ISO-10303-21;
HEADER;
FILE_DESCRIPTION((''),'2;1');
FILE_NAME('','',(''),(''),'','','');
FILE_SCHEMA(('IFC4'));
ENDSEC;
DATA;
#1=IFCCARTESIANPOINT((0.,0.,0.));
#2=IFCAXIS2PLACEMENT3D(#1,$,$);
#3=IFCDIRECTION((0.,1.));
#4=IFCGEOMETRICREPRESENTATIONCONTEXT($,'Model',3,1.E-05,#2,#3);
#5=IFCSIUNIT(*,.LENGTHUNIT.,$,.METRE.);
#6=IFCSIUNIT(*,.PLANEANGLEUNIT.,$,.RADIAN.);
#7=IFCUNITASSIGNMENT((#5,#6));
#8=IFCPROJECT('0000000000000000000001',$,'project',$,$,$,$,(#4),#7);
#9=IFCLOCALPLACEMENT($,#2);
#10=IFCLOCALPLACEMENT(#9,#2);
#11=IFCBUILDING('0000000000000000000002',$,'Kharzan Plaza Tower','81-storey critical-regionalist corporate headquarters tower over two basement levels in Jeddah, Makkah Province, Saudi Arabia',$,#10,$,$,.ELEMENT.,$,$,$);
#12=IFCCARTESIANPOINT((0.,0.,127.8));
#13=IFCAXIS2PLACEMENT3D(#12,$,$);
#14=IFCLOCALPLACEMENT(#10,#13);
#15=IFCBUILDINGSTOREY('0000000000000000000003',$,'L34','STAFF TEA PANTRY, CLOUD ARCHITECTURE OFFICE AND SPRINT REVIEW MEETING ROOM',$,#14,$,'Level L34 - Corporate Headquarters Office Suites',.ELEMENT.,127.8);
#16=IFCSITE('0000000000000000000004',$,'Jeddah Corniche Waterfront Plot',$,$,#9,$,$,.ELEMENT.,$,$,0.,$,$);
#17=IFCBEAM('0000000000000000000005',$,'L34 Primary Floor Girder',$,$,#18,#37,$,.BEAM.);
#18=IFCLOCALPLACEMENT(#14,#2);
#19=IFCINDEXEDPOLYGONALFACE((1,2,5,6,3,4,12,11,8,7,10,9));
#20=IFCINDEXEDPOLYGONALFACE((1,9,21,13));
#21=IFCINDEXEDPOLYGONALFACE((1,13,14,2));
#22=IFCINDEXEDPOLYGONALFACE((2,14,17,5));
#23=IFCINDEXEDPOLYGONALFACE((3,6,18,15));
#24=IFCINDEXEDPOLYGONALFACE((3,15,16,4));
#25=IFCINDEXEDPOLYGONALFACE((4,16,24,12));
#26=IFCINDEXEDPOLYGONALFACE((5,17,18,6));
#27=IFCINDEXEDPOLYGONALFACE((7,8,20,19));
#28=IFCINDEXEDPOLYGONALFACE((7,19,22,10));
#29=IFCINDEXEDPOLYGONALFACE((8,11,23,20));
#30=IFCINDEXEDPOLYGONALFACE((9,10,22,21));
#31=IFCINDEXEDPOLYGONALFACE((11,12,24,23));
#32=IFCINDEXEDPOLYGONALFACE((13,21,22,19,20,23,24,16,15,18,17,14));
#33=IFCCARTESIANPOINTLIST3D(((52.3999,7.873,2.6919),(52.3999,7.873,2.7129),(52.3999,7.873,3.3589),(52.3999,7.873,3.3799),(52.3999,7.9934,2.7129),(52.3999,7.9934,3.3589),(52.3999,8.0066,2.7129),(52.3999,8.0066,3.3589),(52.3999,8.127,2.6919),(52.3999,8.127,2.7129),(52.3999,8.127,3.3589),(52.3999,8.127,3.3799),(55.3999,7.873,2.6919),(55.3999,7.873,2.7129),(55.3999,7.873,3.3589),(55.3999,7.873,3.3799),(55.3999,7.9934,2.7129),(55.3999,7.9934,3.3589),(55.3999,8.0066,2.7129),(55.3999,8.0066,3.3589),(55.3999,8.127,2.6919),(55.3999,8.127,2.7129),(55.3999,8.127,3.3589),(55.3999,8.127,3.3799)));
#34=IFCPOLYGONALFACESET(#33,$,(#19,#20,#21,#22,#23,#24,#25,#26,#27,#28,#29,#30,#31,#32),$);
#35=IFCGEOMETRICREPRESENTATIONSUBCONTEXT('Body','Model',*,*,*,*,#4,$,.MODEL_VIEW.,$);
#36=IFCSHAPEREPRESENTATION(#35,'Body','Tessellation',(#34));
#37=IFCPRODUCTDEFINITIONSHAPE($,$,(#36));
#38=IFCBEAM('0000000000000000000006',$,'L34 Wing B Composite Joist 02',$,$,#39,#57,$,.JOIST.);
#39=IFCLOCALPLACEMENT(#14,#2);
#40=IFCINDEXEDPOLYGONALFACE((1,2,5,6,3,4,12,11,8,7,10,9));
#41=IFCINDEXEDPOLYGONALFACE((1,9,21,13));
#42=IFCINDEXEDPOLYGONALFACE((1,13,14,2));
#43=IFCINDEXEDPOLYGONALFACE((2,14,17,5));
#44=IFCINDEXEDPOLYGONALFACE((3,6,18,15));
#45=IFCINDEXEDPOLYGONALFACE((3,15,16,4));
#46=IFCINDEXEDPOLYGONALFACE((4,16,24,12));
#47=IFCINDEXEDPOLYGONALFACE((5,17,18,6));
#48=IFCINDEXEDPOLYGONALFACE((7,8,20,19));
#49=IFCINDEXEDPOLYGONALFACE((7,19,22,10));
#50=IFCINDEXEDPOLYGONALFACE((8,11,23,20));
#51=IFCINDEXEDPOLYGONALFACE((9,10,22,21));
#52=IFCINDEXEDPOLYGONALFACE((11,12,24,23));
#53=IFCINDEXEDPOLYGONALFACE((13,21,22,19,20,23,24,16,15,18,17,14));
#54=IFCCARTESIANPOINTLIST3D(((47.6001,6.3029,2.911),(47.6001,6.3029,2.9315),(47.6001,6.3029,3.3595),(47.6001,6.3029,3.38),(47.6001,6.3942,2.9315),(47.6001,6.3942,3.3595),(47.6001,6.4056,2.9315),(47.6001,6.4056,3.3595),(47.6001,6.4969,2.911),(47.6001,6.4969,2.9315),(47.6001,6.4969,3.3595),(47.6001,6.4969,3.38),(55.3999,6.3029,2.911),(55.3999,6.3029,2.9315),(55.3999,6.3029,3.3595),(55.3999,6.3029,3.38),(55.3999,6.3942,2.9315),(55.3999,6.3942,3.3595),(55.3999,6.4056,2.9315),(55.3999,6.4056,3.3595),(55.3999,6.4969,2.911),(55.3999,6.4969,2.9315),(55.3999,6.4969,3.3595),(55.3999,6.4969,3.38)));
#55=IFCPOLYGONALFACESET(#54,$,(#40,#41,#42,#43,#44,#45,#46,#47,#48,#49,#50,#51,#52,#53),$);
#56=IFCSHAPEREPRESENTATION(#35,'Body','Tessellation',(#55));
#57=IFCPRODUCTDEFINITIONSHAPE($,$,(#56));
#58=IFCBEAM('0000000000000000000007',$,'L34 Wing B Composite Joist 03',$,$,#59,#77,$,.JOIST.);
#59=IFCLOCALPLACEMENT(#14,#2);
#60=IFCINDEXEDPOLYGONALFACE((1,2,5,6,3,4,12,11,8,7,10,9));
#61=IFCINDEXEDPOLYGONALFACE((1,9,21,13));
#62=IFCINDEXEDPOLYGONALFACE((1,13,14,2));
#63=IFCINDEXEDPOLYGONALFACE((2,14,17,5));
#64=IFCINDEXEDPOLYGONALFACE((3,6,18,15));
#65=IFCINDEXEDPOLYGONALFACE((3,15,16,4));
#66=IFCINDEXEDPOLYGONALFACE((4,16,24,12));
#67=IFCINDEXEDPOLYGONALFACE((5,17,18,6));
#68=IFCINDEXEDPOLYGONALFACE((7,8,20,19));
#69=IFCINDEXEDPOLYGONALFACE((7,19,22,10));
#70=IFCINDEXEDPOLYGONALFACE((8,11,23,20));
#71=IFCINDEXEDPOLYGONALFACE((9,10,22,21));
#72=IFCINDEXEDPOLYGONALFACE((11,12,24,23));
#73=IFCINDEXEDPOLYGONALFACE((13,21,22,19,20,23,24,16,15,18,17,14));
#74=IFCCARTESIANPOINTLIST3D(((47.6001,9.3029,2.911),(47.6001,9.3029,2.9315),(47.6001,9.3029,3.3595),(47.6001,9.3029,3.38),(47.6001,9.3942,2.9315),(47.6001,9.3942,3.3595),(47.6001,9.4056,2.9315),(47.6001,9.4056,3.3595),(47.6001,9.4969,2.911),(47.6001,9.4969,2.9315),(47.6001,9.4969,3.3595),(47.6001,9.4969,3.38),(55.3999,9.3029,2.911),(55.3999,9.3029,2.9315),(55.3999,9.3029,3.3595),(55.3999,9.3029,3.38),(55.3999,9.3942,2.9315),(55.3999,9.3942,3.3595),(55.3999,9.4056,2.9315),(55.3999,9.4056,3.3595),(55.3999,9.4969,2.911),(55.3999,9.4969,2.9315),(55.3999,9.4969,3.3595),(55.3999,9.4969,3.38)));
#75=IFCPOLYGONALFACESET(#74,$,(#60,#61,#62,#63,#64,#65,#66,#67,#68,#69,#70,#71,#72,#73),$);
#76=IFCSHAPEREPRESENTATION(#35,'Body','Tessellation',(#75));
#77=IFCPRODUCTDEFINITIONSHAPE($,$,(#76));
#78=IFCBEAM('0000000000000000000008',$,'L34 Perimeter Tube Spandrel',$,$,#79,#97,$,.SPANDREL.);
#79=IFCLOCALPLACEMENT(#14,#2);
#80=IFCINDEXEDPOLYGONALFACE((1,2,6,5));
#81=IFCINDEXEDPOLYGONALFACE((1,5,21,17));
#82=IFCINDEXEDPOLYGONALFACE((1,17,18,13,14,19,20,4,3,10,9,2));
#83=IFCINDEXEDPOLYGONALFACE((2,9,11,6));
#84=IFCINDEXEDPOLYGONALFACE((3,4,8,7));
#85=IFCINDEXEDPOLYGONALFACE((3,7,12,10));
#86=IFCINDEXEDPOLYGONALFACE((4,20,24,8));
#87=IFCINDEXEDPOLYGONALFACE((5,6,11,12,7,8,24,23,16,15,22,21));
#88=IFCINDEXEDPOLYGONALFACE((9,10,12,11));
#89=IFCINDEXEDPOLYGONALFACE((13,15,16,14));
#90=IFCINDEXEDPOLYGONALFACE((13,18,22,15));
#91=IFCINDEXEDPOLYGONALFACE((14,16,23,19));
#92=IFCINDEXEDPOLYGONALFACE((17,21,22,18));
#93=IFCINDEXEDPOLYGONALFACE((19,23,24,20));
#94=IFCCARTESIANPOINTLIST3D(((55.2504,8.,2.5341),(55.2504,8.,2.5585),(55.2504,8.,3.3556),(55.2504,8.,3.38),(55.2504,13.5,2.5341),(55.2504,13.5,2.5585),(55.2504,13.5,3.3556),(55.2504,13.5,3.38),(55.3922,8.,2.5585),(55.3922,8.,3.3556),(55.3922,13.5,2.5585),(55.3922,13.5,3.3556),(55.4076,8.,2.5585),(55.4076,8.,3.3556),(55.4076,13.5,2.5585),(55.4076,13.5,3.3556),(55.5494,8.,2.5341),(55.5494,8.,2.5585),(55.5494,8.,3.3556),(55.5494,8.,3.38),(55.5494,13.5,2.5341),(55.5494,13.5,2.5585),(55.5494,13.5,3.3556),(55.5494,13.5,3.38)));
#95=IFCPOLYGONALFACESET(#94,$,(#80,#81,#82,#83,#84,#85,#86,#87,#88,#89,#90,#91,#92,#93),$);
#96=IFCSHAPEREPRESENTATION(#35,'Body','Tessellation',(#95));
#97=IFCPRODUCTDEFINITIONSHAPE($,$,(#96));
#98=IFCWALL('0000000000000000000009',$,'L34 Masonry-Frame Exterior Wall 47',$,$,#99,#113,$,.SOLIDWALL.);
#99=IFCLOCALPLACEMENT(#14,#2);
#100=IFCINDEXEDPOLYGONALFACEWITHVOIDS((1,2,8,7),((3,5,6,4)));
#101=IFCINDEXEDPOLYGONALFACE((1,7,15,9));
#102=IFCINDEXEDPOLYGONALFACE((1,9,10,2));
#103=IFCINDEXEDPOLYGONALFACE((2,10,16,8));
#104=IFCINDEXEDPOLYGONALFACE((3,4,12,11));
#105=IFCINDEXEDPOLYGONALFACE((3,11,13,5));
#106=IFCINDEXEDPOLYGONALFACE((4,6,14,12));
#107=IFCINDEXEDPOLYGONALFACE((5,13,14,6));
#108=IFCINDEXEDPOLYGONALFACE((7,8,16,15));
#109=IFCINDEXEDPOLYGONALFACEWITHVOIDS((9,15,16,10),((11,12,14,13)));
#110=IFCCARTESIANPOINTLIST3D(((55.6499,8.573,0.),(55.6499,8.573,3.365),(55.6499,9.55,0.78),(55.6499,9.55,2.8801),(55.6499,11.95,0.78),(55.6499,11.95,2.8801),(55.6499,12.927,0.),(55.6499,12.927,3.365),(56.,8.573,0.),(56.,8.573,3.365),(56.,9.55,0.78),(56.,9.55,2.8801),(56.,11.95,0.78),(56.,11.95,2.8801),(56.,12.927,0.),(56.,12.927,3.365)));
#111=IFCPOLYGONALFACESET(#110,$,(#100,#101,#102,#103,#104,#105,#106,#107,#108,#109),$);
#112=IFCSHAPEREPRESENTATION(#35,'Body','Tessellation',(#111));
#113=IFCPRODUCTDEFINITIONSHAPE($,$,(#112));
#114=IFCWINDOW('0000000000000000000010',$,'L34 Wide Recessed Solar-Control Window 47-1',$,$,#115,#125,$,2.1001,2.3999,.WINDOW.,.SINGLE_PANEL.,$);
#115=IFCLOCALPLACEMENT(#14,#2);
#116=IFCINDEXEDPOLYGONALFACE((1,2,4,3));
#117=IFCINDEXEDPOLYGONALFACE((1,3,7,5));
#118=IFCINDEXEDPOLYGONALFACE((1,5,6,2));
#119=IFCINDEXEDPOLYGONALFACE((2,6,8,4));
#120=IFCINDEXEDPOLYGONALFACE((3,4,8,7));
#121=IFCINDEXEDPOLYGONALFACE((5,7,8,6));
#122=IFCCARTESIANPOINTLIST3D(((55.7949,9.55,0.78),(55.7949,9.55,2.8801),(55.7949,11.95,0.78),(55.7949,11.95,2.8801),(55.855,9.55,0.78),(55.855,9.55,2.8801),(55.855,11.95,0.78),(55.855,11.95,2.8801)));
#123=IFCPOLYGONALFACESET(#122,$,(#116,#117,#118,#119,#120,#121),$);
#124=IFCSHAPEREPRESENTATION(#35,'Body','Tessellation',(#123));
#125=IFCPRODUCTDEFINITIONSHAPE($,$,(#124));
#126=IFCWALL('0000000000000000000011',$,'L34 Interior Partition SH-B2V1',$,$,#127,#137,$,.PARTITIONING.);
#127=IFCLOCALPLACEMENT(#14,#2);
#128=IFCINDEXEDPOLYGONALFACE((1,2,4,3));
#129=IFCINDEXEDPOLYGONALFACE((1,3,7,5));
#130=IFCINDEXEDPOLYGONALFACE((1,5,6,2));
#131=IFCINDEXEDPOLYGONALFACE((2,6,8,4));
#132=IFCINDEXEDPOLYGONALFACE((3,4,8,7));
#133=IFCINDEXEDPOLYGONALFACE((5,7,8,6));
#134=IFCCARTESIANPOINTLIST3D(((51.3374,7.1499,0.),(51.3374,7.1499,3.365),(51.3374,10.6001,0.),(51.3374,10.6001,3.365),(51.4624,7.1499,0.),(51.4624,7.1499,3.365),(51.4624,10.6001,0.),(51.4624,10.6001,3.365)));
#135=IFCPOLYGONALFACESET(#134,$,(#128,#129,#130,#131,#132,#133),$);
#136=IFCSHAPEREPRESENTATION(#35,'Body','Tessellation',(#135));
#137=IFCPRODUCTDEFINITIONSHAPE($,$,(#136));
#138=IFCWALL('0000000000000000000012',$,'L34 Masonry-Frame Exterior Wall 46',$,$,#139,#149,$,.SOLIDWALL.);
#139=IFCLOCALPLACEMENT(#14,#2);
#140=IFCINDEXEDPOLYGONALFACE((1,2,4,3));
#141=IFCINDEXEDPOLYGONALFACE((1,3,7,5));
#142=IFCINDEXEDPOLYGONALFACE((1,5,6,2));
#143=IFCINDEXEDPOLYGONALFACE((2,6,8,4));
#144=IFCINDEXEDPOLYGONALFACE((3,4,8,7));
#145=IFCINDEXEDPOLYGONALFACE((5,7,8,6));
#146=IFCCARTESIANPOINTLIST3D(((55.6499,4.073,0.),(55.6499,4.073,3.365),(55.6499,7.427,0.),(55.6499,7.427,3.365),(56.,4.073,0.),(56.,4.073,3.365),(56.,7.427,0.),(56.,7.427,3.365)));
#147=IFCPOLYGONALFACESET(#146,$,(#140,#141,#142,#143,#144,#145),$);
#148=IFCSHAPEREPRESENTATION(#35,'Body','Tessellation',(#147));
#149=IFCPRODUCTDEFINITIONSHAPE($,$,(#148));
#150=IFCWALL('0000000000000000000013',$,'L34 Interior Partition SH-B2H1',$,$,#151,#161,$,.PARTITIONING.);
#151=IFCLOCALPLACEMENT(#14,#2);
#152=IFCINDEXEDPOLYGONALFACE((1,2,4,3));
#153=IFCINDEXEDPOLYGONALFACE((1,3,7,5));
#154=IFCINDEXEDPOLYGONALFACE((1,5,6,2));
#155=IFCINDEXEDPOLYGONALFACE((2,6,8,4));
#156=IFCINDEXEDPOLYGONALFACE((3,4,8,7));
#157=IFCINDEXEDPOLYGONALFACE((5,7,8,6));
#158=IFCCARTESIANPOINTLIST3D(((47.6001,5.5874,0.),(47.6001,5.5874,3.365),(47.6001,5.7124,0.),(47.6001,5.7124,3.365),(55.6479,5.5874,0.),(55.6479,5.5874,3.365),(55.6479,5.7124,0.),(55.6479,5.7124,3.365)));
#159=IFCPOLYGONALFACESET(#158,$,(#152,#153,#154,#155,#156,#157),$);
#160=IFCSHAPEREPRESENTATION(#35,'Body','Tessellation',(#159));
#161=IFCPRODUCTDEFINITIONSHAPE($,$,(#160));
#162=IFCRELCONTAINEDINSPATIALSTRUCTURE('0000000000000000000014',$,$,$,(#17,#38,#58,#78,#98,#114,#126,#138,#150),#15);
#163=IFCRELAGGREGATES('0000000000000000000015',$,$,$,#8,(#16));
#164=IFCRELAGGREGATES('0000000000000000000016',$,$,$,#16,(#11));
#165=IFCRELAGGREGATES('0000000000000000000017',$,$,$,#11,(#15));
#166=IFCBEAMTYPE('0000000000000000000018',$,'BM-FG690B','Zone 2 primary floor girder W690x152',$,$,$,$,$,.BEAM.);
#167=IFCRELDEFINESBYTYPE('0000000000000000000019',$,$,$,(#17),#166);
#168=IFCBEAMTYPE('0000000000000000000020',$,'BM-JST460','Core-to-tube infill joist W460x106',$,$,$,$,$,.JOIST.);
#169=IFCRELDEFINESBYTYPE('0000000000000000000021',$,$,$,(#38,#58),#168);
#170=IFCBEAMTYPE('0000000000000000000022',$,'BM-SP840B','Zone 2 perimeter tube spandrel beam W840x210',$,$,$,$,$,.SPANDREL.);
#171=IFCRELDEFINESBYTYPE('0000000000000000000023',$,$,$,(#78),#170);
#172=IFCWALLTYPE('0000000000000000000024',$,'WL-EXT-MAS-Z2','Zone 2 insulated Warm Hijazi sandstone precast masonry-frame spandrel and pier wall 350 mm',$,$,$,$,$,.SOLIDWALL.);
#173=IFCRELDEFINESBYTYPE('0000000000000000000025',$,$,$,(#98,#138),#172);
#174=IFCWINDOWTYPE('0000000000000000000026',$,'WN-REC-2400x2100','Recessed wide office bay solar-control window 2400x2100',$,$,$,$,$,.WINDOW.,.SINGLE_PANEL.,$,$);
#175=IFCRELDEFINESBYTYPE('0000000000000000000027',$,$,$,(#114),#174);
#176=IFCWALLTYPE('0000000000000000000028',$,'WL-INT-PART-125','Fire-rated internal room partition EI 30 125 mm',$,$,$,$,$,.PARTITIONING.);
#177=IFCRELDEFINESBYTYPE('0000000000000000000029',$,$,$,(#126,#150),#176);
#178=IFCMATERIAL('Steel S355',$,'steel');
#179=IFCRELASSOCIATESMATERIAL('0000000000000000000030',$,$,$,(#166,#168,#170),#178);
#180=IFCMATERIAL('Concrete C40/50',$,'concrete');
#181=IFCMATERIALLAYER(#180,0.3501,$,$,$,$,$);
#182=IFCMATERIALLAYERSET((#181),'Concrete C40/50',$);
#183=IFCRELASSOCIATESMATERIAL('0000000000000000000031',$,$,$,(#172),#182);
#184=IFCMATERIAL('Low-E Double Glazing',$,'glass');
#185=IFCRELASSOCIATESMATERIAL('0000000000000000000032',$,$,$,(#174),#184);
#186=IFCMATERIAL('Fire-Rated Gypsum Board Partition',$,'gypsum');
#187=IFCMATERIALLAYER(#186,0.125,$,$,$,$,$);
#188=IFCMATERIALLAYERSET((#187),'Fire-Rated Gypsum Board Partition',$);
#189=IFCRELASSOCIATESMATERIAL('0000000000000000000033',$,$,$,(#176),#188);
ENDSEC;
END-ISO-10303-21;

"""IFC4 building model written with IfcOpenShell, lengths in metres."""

from ifc_helpers import new_model, si_unit, direction, frame, frame_2d, origin, origin_2d, place, context, subcontext, project, spatial, rectangle, i_section, extrude, source, transform, mapped, material, layer, layer_set, material_profile, profile_set, type_object, element, fill, save


model = new_model("IFC4")

# Units and contexts
model_context = context("Model", 3, precision=1e-05, world=origin(), true_north=direction((0.0, 1.0)))
body_context = subcontext(model_context, "Body", "Model", "MODEL_VIEW")
ifc_project = project(units=[si_unit("LENGTHUNIT", "METRE"), si_unit("PLANEANGLEUNIT", "RADIAN")], contexts=[model_context])

# Site, building, storey
site_placement = place(None, origin())
site = spatial("IfcSite", under=ifc_project, at=site_placement, Name="Jeddah Corniche Waterfront Plot", CompositionType="ELEMENT", RefElevation=0.0)
building_placement = place(site_placement, origin())
building = spatial("IfcBuilding", under=site, at=building_placement, Name="Kharzan Plaza Tower", Description="81-storey critical-regionalist corporate headquarters tower over two basement levels in Jeddah, Makkah Province, Saudi Arabia", CompositionType="ELEMENT")
storey_placement = place(building_placement, frame((0.0, 0.0, 127.8)))
storey = spatial("IfcBuildingStorey", under=building, at=storey_placement, Name="L34", Description="STAFF TEA PANTRY, CLOUD ARCHITECTURE OFFICE AND SPRINT REVIEW MEETING ROOM", LongName="Level L34 - Corporate Headquarters Office Suites", CompositionType="ELEMENT", Elevation=127.8)

# Beams
ifc_material_1 = material(Name="Steel S355", Category="steel")
ifc_material_profile_1 = material_profile(ifc_material_1, i_section(OverallWidth=0.2539, OverallDepth=0.688, WebThickness=0.0132, FlangeThickness=0.021, at=origin_2d()), Name="W690x152")
ifc_profile_set_1 = profile_set([ifc_material_profile_1], Name="Steel S355")
beam_type_1 = type_object("IfcBeamType", Name="BM-FG690B", Description="Zone 2 primary floor girder W690x152", PredefinedType="BEAM", material=ifc_profile_set_1)
shared_shape_1 = source(origin(), body_context, "Body", "SweptSolid", [
    extrude(i_section(OverallWidth=0.2539, OverallDepth=0.688, WebThickness=0.0132, FlangeThickness=0.021, at=origin_2d()), origin(), (0.0, 0.0, 1.0), 3.0),
])
for number, where, z_axis, x_axis, name in (
    (1, (52.3999, 8.0, 3.0359), (1.0, 0.0, 0.0), (0.0, 1.0, 0.0), "L34 Primary Floor Girder"),
):
    element("IfcBeam", number, at=place(storey_placement, frame(where, z_axis=z_axis, x_axis=x_axis)), inside=storey, type_object=beam_type_1, Name=name, PredefinedType="BEAM", context=body_context, shape_type="MappedRepresentation", body=[
        mapped(shared_shape_1, transform((0.0, 0.0, 0.0), x_axis=(1.0, 0.0, 0.0), y_axis=(0.0, 1.0, 0.0), z_axis=(0.0, 0.0, 1.0))),
    ])
ifc_material_profile_2 = material_profile(ifc_material_1, i_section(OverallWidth=0.1941, OverallDepth=0.469, WebThickness=0.0115, FlangeThickness=0.0205, at=origin_2d()), Name="W460x106")
ifc_profile_set_2 = profile_set([ifc_material_profile_2], Name="Steel S355")
beam_type_2 = type_object("IfcBeamType", Name="BM-JST460", Description="Core-to-tube infill joist W460x106", PredefinedType="JOIST", material=ifc_profile_set_2)
shared_shape_2 = source(origin(), body_context, "Body", "SweptSolid", [
    extrude(i_section(OverallWidth=0.1941, OverallDepth=0.469, WebThickness=0.0115, FlangeThickness=0.0205, at=origin_2d()), origin(), (0.0, 0.0, 1.0), 7.7998),
])
for number, where, z_axis, x_axis, name in (
    (2, (47.6001, 6.3999, 3.1455), (1.0, 0.0, 0.0), (0.0, 1.0, 0.0), "L34 Wing B Composite Joist 02"),
    (3, (47.6001, 9.3999, 3.1455), (1.0, 0.0, 0.0), (0.0, 1.0, 0.0), "L34 Wing B Composite Joist 03"),
):
    element("IfcBeam", number, at=place(storey_placement, frame(where, z_axis=z_axis, x_axis=x_axis)), inside=storey, type_object=beam_type_2, Name=name, PredefinedType="JOIST", context=body_context, shape_type="MappedRepresentation", body=[
        mapped(shared_shape_2, transform((0.0, 0.0, 0.0), x_axis=(1.0, 0.0, 0.0), y_axis=(0.0, 1.0, 0.0), z_axis=(0.0, 0.0, 1.0))),
    ])
ifc_material_profile_3 = material_profile(ifc_material_1, i_section(OverallWidth=0.2991, OverallDepth=0.8459, WebThickness=0.0154, FlangeThickness=0.0244, at=origin_2d()), Name="W840x210")
ifc_profile_set_3 = profile_set([ifc_material_profile_3], Name="Steel S355")
beam_type_3 = type_object("IfcBeamType", Name="BM-SP840B", Description="Zone 2 perimeter tube spandrel beam W840x210", PredefinedType="SPANDREL", material=ifc_profile_set_3)
shared_shape_3 = source(origin(), body_context, "Body", "SweptSolid", [
    extrude(i_section(OverallWidth=0.2991, OverallDepth=0.8459, WebThickness=0.0154, FlangeThickness=0.0244, at=origin_2d()), origin(), (0.0, 0.0, 1.0), 5.5),
])
beam_1_placement = place(storey_placement, frame((55.3999, 8.0, 2.957), z_axis=(0.0, 1.0, 0.0), x_axis=(-1.0, 0.0, 0.0)))
element("IfcBeam", 4, at=beam_1_placement, inside=storey, type_object=beam_type_3, Name="L34 Perimeter Tube Spandrel", PredefinedType="SPANDREL", context=body_context, shape_type="MappedRepresentation", body=[
    mapped(shared_shape_3, transform((0.0, 0.0, 0.0), x_axis=(1.0, 0.0, 0.0), y_axis=(0.0, 1.0, 0.0), z_axis=(0.0, 0.0, 1.0))),
])

# Wall, opening, window
ifc_material_2 = material(Name="Concrete C40/50", Category="concrete")
ifc_layer_1 = layer(ifc_material_2, 0.3501)
ifc_layer_set_1 = layer_set([ifc_layer_1], Name="Concrete C40/50")
wall_type_1 = type_object("IfcWallType", Name="WL-EXT-MAS-Z2", Description="Zone 2 insulated Warm Hijazi sandstone precast masonry-frame spandrel and pier wall 350 mm", PredefinedType="SOLIDWALL", material=ifc_layer_set_1)
wall_1_placement = place(storey_placement, frame((55.825, 8.573, 0.0), z_axis=(0.0, 0.0, 1.0), x_axis=(0.0, 1.0, 0.0)))
wall_1 = element("IfcWall", 5, at=wall_1_placement, inside=storey, type_object=wall_type_1, Name="L34 Masonry-Frame Exterior Wall 47", PredefinedType="SOLIDWALL", context=body_context, shape_type="SweptSolid", body=[
    extrude(rectangle(XDim=4.354, YDim=0.3501, at=frame_2d((2.177, 0.0))), origin(), (0.0, 0.0, 1.0), 3.365),
])
opening_1_placement = place(wall_1_placement, frame((0.9771, 0.0, 0.78)))
opening_1 = element("IfcOpeningElement", 6, at=opening_1_placement, cuts=wall_1, PredefinedType="OPENING", context=body_context, shape_type="SweptSolid", body=[
    extrude(rectangle(XDim=2.3999, YDim=2.1001, at=frame_2d((1.2, 1.05))), frame((0.0, 0.1851, 0.0), z_axis=(0.0, -1.0, 0.0), x_axis=(1.0, 0.0, 0.0)), (0.0, 0.0, 1.0), 0.3701),
])
ifc_material_3 = material(Name="Low-E Double Glazing", Category="glass")
window_type = type_object("IfcWindowType", Name="WN-REC-2400x2100", Description="Recessed wide office bay solar-control window 2400x2100", PartitioningType="SINGLE_PANEL", PredefinedType="WINDOW", material=ifc_material_3)
shared_shape_4 = source(origin(), body_context, "Body", "SweptSolid", [
    extrude(rectangle(XDim=2.3999, YDim=2.1001, at=frame_2d((1.2, 1.05))), frame((0.0, 0.03, 0.0), z_axis=(0.0, -1.0, 0.0), x_axis=(1.0, 0.0, 0.0)), (0.0, 0.0, 1.0), 0.0601),
])
window_placement = place(opening_1_placement, origin())
window = element("IfcWindow", 7, at=window_placement, inside=storey, type_object=window_type, Name="L34 Wide Recessed Solar-Control Window 47-1", OverallHeight=2.1001, OverallWidth=2.3999, PartitioningType="SINGLE_PANEL", PredefinedType="WINDOW", context=body_context, shape_type="MappedRepresentation", body=[
    mapped(shared_shape_4, transform((0.0, 0.0, 0.0), x_axis=(1.0, 0.0, 0.0), y_axis=(0.0, 1.0, 0.0), z_axis=(0.0, 0.0, 1.0))),
])
fill(opening_1, window)

# Shared definitions
ifc_material_4 = material(Name="Fire-Rated Gypsum Board Partition", Category="gypsum")
ifc_layer_2 = layer(ifc_material_4, 0.125)
ifc_layer_set_2 = layer_set([ifc_layer_2], Name="Fire-Rated Gypsum Board Partition")
wall_type_2 = type_object("IfcWallType", Name="WL-INT-PART-125", Description="Fire-rated internal room partition EI 30 125 mm", PredefinedType="PARTITIONING", material=ifc_layer_set_2)

# Walls
shared_shape_5 = source(origin(), body_context, "Body", "SweptSolid", [
    extrude(rectangle(XDim=3.4502, YDim=0.125, at=frame_2d((1.7251, 0.0))), origin(), (0.0, 0.0, 1.0), 3.365),
])
wall_2_placement = place(storey_placement, frame((51.3999, 7.1499, 0.0), z_axis=(0.0, 0.0, 1.0), x_axis=(0.0, 1.0, 0.0)))
element("IfcWall", 8, at=wall_2_placement, inside=storey, type_object=wall_type_2, Name="L34 Interior Partition SH-B2V1", PredefinedType="PARTITIONING", context=body_context, shape_type="MappedRepresentation", body=[
    mapped(shared_shape_5, transform((0.0, 0.0, 0.0), x_axis=(1.0, 0.0, 0.0), y_axis=(0.0, 1.0, 0.0), z_axis=(0.0, 0.0, 1.0))),
])
shared_shape_6 = source(origin(), body_context, "Body", "SweptSolid", [
    extrude(rectangle(XDim=3.354, YDim=0.3501, at=frame_2d((1.677, 0.0))), origin(), (0.0, 0.0, 1.0), 3.365),
])
wall_3_placement = place(storey_placement, frame((55.825, 4.073, 0.0), z_axis=(0.0, 0.0, 1.0), x_axis=(0.0, 1.0, 0.0)))
element("IfcWall", 9, at=wall_3_placement, inside=storey, type_object=wall_type_1, Name="L34 Masonry-Frame Exterior Wall 46", PredefinedType="SOLIDWALL", context=body_context, shape_type="MappedRepresentation", body=[
    mapped(shared_shape_6, transform((0.0, 0.0, 0.0), x_axis=(1.0, 0.0, 0.0), y_axis=(0.0, 1.0, 0.0), z_axis=(0.0, 0.0, 1.0))),
])
shared_shape_7 = source(origin(), body_context, "Body", "SweptSolid", [
    extrude(rectangle(XDim=8.0479, YDim=0.125, at=frame_2d((4.0239, 0.0))), origin(), (0.0, 0.0, 1.0), 3.365),
])
for number, where, z_axis, x_axis, name in (
    (10, (47.6001, 5.6499, 0.0), (0.0, 0.0, 1.0), (1.0, 0.0, 0.0), "L34 Interior Partition SH-B2H1"),
):
    element("IfcWall", number, at=place(storey_placement, frame(where, z_axis=z_axis, x_axis=x_axis)), inside=storey, type_object=wall_type_2, Name=name, PredefinedType="PARTITIONING", context=body_context, shape_type="MappedRepresentation", body=[
        mapped(shared_shape_7, transform((0.0, 0.0, 0.0), x_axis=(1.0, 0.0, 0.0), y_axis=(0.0, 1.0, 0.0), z_axis=(0.0, 0.0, 1.0))),
    ])

save(model, "model.ifc")
